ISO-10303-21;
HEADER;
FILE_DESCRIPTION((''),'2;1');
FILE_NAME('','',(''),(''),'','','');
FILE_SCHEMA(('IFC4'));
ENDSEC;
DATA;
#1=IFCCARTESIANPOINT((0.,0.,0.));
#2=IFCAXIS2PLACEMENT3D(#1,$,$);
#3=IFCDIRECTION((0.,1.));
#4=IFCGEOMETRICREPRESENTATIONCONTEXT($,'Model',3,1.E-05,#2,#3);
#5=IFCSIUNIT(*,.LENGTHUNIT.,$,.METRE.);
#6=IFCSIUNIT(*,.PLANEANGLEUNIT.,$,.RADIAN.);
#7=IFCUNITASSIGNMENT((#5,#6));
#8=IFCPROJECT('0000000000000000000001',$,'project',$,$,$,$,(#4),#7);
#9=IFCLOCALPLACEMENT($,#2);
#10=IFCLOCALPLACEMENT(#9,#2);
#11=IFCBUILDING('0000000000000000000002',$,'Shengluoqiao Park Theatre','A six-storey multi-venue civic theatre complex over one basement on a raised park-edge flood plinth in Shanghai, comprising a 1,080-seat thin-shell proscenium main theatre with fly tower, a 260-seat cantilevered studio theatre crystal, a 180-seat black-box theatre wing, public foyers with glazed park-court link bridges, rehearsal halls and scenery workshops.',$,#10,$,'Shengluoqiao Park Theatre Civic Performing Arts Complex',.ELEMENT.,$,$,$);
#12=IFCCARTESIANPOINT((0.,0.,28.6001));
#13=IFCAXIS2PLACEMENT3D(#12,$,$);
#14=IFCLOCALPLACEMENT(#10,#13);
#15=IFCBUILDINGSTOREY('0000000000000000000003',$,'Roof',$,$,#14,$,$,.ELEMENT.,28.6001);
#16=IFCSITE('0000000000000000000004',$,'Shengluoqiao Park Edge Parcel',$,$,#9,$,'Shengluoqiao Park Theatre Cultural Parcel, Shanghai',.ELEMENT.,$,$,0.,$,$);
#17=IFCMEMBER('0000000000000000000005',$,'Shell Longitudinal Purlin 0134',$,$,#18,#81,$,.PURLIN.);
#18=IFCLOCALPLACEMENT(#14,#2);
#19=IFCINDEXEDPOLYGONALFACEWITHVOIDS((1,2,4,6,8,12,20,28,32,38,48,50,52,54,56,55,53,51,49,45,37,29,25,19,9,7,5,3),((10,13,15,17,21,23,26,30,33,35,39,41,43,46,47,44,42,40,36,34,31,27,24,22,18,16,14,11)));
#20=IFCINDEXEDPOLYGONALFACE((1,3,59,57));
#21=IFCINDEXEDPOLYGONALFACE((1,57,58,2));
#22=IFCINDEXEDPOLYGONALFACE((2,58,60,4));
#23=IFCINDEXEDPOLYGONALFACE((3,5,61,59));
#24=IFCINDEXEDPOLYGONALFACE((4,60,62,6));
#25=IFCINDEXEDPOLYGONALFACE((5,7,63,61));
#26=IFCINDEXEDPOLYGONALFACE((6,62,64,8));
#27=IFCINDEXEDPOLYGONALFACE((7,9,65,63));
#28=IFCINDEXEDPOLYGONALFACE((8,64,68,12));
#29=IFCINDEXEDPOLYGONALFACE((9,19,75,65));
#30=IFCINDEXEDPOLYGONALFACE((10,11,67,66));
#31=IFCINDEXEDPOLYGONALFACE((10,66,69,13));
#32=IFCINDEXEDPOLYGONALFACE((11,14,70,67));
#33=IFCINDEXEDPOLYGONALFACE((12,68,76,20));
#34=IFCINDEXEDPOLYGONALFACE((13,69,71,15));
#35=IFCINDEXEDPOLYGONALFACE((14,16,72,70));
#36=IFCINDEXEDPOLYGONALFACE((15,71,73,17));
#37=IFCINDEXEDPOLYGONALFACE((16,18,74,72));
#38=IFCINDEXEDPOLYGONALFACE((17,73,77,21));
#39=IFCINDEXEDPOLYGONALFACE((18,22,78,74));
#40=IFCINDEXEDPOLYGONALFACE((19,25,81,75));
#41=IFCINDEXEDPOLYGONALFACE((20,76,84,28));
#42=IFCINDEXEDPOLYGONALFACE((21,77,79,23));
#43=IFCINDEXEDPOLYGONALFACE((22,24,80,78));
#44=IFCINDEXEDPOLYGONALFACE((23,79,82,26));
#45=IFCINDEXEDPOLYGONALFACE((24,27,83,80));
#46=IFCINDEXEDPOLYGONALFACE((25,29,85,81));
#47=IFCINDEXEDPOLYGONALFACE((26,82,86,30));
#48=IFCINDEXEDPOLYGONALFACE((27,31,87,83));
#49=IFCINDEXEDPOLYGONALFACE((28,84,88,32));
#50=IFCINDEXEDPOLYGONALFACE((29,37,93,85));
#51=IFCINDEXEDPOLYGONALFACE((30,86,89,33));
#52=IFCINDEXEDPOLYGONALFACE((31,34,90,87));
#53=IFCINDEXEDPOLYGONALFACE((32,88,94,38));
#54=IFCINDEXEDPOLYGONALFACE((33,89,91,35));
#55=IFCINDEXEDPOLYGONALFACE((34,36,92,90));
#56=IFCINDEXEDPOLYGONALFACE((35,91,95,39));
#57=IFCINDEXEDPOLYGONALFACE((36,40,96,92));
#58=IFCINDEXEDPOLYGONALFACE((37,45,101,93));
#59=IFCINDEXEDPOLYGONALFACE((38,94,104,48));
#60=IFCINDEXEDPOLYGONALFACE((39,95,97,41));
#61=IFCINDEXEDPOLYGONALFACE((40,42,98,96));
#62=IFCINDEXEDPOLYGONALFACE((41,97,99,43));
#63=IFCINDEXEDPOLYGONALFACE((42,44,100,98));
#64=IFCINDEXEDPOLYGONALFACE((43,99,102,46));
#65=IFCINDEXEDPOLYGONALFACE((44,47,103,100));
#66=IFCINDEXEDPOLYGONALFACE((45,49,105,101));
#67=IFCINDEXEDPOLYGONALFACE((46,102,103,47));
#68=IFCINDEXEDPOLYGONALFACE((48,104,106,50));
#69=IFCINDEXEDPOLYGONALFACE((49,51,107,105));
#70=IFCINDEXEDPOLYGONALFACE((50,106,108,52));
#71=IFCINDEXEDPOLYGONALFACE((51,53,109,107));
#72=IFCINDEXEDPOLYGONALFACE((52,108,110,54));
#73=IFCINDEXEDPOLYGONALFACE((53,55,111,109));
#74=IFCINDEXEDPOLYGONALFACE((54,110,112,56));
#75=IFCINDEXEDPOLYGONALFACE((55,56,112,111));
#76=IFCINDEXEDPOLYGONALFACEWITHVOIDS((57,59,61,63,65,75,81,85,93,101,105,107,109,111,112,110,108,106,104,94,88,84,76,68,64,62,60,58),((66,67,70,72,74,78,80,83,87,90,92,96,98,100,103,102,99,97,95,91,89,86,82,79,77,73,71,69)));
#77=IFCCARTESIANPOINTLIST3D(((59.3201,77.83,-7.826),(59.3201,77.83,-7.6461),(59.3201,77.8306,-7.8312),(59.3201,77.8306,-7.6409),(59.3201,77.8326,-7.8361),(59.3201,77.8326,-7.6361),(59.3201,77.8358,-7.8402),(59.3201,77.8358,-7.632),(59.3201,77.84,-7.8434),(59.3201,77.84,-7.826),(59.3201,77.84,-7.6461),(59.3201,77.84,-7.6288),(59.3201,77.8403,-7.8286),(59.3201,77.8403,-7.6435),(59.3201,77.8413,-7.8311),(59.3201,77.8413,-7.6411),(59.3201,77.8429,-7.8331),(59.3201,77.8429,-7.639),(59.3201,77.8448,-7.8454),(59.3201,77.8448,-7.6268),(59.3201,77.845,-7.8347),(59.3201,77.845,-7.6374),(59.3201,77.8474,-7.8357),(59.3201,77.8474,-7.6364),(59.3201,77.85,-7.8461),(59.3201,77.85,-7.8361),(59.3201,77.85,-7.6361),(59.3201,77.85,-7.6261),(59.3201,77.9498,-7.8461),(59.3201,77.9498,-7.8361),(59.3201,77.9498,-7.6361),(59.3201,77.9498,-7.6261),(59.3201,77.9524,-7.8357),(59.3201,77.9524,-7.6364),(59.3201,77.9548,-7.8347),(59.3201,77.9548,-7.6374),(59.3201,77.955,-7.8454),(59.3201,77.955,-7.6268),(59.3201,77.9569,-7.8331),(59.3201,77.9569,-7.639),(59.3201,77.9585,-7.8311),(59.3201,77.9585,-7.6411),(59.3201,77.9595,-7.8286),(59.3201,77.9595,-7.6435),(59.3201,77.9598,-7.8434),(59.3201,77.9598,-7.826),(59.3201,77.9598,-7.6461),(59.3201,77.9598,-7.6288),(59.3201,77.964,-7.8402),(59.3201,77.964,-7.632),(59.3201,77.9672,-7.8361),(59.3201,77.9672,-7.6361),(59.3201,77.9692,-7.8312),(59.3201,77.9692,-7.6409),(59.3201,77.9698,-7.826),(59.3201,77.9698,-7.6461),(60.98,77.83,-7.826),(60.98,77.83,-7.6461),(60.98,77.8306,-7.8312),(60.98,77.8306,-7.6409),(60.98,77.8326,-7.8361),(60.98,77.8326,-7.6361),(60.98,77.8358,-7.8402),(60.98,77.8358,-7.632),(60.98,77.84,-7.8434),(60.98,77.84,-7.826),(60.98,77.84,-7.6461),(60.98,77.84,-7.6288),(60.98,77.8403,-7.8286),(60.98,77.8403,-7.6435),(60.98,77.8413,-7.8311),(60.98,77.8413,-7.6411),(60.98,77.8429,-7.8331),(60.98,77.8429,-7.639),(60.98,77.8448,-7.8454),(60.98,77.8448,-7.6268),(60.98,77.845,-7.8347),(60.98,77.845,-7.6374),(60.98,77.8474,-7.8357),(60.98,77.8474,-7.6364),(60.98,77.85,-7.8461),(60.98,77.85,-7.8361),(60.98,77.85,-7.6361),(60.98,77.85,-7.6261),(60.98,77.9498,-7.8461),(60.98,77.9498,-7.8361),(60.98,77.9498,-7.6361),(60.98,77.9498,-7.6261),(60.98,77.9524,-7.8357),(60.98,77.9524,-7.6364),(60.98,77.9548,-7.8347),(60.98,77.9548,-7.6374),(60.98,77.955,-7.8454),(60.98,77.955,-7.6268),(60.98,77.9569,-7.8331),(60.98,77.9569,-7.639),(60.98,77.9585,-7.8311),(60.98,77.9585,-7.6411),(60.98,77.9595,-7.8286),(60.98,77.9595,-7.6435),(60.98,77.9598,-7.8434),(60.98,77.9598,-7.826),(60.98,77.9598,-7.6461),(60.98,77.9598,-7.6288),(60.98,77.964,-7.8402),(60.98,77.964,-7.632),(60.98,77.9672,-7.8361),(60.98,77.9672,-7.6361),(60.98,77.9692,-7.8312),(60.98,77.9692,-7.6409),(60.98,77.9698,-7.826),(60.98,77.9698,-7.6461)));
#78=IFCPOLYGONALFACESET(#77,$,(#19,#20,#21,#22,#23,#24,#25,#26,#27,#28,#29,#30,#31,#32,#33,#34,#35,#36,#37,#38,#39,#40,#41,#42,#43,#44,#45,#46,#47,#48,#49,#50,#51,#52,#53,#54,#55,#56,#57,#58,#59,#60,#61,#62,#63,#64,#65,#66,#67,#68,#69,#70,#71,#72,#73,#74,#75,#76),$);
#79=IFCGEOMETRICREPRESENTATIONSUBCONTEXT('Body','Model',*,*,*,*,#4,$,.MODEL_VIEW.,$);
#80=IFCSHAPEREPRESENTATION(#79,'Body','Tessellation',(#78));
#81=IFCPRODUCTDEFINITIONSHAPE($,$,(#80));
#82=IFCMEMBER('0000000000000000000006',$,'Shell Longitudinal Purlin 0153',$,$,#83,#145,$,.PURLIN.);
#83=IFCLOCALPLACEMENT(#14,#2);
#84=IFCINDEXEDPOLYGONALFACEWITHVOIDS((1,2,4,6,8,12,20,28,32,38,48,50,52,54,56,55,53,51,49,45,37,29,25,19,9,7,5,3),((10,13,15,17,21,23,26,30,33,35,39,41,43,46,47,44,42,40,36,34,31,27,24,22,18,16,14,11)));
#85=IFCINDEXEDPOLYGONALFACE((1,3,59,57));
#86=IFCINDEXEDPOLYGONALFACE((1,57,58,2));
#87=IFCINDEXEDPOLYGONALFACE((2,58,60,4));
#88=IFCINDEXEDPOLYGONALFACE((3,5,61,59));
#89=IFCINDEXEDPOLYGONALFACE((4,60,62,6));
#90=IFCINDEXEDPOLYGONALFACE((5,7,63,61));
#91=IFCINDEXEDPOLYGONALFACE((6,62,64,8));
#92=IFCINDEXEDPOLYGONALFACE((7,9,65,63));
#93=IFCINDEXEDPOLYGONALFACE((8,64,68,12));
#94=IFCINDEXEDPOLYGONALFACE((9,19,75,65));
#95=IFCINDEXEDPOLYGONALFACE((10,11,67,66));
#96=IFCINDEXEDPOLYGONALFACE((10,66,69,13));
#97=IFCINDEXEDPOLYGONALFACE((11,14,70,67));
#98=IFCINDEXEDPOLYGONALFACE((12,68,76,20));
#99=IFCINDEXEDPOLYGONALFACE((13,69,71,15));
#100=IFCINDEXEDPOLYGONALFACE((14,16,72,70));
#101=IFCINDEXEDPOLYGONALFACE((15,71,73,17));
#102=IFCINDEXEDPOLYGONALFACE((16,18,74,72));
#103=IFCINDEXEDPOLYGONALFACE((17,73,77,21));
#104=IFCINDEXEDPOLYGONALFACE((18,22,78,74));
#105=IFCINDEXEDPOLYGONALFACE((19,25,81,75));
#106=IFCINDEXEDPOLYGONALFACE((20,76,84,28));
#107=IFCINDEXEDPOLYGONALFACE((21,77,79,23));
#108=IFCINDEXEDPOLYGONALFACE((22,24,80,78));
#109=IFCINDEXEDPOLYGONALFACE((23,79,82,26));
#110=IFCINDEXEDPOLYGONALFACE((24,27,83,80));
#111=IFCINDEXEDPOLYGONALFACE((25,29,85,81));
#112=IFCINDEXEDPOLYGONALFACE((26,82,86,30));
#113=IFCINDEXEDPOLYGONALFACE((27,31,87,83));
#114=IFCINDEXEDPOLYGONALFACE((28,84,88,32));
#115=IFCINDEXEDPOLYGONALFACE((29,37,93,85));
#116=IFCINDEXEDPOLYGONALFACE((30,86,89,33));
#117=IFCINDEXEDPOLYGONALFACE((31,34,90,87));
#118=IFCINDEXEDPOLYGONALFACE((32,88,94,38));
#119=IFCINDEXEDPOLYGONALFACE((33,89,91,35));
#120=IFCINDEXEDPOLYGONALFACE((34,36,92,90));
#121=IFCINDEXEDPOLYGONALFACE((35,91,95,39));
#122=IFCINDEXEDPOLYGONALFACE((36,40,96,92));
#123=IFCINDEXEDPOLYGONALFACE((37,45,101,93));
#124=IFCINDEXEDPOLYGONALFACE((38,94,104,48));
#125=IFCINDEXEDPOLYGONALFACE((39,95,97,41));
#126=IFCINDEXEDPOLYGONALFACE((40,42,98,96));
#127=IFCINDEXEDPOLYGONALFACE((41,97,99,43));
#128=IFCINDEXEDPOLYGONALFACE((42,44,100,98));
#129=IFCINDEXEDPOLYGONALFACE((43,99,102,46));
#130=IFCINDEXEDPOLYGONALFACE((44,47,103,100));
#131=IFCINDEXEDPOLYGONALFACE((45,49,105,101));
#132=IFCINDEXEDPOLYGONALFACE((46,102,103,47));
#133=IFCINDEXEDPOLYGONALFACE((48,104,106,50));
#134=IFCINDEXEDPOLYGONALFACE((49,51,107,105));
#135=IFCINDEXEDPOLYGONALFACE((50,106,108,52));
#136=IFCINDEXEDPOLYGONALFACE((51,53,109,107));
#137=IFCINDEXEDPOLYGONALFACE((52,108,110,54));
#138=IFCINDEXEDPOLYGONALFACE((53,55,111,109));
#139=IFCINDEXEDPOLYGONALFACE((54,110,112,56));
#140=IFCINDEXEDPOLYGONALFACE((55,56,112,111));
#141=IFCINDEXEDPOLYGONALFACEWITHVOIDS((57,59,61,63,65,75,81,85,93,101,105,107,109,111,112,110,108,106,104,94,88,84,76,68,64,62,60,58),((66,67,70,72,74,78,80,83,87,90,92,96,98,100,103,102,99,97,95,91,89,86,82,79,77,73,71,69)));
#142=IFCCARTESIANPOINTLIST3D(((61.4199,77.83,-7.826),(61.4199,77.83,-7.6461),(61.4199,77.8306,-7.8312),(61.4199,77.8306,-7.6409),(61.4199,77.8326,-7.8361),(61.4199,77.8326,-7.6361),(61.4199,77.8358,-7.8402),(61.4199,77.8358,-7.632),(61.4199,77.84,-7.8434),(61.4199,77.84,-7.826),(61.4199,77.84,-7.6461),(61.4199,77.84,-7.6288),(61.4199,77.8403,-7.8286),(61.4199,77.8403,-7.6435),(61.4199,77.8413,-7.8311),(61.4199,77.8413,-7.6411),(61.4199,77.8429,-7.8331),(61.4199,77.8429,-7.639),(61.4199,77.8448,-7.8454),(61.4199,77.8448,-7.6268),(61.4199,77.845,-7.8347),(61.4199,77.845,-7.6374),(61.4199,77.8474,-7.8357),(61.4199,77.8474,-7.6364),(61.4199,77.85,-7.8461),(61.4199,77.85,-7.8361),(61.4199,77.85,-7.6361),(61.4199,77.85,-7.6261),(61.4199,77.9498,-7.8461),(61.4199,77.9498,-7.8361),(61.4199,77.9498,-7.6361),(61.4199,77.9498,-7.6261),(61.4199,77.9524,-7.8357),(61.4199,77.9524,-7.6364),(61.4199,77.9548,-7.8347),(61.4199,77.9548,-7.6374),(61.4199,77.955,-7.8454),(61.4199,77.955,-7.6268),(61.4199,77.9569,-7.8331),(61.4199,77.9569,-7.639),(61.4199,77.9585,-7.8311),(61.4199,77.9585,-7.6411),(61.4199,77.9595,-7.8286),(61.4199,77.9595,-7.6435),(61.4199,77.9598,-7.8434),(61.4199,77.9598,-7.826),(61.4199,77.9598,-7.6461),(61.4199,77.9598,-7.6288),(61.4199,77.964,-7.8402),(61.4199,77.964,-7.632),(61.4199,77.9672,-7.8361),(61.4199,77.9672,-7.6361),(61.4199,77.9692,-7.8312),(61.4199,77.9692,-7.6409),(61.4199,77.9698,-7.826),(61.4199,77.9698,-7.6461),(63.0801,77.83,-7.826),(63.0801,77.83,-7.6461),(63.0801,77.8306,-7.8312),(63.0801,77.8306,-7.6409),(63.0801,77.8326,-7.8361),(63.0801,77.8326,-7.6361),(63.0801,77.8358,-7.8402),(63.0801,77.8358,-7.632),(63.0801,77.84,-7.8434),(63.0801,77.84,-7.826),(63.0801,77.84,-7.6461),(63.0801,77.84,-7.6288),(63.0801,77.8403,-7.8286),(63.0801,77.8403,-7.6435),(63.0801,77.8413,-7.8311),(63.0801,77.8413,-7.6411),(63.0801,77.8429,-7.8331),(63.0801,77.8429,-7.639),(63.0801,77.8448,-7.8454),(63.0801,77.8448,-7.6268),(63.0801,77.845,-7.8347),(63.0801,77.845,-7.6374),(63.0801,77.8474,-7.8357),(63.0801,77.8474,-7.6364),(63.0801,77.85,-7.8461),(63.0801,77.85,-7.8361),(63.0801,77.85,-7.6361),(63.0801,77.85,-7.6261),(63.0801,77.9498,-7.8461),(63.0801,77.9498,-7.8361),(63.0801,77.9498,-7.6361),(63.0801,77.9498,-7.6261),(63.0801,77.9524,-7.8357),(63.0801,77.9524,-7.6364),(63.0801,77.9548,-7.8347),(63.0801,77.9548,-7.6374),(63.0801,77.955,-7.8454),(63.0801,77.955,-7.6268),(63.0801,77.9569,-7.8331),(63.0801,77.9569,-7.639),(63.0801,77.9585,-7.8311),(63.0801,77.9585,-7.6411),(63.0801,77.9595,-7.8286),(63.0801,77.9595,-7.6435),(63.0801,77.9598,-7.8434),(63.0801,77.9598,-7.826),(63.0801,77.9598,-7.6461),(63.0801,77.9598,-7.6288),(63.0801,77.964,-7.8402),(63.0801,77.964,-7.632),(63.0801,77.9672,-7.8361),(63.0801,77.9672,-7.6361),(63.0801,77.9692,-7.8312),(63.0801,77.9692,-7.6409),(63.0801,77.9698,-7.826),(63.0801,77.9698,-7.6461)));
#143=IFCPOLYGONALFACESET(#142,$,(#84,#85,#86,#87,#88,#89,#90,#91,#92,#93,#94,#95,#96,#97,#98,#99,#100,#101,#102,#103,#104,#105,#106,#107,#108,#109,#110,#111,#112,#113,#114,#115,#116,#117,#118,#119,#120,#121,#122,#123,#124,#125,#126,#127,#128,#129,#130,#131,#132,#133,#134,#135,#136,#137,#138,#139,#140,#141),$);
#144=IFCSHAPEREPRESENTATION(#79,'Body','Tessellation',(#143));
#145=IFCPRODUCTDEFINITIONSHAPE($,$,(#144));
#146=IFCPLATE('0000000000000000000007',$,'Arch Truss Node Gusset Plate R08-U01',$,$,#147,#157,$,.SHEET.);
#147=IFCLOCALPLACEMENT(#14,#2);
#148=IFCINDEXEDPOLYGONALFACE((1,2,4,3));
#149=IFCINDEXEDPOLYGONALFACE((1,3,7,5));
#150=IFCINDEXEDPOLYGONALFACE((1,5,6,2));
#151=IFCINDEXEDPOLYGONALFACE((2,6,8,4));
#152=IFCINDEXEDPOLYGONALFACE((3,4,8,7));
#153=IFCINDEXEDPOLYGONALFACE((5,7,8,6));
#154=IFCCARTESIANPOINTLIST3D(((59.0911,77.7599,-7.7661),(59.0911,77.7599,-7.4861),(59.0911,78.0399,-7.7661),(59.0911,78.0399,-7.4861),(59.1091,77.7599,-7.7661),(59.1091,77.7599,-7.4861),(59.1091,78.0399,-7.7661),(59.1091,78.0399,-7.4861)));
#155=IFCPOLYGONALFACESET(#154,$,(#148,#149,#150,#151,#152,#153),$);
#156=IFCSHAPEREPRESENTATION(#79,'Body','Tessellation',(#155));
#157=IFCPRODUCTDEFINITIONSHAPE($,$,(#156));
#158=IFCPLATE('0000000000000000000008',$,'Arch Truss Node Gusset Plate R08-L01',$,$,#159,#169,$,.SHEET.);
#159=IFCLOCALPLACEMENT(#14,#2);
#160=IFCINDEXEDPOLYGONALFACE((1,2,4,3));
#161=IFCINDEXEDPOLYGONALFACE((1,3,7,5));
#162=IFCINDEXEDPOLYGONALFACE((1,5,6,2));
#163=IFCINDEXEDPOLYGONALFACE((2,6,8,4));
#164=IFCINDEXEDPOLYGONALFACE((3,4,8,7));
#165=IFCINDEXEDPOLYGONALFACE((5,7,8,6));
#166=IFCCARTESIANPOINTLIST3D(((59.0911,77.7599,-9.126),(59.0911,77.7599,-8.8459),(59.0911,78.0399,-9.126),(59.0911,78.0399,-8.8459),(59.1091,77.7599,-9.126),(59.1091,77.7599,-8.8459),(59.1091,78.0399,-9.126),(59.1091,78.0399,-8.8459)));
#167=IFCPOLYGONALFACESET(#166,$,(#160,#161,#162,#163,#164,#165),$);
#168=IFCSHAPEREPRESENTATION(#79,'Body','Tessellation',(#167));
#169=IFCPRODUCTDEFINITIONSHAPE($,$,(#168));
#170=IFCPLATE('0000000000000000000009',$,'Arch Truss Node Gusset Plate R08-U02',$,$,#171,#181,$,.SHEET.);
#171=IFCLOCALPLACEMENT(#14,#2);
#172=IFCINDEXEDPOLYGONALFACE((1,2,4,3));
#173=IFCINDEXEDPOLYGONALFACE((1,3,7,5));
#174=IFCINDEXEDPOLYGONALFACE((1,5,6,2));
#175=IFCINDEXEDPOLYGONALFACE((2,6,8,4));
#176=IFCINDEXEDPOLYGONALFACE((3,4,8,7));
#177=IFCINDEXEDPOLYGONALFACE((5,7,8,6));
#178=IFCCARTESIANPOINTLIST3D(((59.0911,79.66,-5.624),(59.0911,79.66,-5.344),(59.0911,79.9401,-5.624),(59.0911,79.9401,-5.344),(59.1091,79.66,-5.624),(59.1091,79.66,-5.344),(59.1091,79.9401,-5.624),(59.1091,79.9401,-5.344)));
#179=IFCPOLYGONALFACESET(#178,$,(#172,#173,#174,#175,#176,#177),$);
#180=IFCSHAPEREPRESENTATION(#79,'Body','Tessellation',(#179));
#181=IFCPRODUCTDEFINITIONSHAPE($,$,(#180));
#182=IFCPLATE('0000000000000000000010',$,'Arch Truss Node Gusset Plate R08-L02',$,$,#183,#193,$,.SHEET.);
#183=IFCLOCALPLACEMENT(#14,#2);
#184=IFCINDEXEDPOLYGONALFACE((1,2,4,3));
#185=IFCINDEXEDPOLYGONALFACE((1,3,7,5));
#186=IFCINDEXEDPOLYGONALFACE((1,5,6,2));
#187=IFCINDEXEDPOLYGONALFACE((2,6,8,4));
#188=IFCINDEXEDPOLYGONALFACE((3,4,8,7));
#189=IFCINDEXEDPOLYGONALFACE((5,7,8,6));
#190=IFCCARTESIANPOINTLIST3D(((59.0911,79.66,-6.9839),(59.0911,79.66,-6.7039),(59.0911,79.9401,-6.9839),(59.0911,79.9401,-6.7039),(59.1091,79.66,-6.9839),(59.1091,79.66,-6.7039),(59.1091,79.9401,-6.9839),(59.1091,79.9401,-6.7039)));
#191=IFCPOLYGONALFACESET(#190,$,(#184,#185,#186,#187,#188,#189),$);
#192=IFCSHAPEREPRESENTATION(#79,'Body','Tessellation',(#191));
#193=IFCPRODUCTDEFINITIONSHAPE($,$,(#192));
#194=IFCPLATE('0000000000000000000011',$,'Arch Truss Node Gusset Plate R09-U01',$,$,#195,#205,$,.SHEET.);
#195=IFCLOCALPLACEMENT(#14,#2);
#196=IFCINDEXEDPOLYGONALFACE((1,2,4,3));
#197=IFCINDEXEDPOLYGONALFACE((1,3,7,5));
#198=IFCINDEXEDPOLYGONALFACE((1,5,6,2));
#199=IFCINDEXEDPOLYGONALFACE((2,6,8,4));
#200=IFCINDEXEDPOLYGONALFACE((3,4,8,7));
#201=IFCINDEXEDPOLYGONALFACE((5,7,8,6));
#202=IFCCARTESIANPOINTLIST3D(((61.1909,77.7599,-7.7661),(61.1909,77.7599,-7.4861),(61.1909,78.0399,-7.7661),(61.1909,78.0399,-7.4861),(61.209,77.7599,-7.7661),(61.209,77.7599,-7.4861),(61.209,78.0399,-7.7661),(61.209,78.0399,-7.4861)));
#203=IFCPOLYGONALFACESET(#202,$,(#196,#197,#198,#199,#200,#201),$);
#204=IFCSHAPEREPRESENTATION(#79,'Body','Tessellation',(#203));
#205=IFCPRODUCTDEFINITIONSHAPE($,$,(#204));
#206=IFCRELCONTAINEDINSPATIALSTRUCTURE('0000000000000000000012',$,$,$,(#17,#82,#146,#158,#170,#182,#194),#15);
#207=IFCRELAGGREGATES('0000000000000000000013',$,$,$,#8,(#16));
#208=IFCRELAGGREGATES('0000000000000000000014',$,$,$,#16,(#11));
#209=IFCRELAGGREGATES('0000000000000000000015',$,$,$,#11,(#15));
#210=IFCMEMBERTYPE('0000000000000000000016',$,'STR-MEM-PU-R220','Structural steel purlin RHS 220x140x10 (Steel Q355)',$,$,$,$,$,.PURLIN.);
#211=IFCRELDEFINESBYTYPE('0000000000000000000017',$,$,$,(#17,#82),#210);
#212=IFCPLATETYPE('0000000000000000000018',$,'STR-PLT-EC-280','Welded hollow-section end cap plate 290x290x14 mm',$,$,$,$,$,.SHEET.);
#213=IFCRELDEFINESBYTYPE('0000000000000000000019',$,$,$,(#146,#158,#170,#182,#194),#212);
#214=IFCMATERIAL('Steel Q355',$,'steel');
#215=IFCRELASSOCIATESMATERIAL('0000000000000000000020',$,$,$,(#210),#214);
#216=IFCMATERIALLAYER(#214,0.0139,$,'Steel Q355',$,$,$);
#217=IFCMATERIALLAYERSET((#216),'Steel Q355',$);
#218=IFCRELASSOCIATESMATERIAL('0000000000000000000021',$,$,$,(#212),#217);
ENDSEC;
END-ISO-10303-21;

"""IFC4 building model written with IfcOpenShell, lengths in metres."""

from ifc_helpers import new_model, si_unit, direction, frame, origin, origin_2d, place, context, subcontext, project, spatial, rectangle, hollow_rectangle, extrude, material, layer, layer_set, material_profile, profile_set, type_object, element, save


model = new_model("IFC4")

# Units and contexts
model_context = context("Model", 3, precision=1e-05, world=origin(), true_north=direction((0.0, 1.0)))
body_context = subcontext(model_context, "Body", "Model", "MODEL_VIEW")
ifc_project = project(units=[si_unit("LENGTHUNIT", "METRE"), si_unit("PLANEANGLEUNIT", "RADIAN")], contexts=[model_context])

# Site, building, storey
site_placement = place(None, origin())
site = spatial("IfcSite", under=ifc_project, at=site_placement, Name="Shengluoqiao Park Edge Parcel", LongName="Shengluoqiao Park Theatre Cultural Parcel, Shanghai", CompositionType="ELEMENT", RefElevation=0.0)
building_placement = place(site_placement, origin())
building = spatial("IfcBuilding", under=site, at=building_placement, Name="Shengluoqiao Park Theatre", Description="A six-storey multi-venue civic theatre complex over one basement on a raised park-edge flood plinth in Shanghai, comprising a 1,080-seat thin-shell proscenium main theatre with fly tower, a 260-seat cantilevered studio theatre crystal, a 180-seat black-box theatre wing, public foyers with glazed park-court link bridges, rehearsal halls and scenery workshops.", LongName="Shengluoqiao Park Theatre Civic Performing Arts Complex", CompositionType="ELEMENT")
storey_placement = place(building_placement, frame((0.0, 0.0, 28.6001)))
storey = spatial("IfcBuildingStorey", under=building, at=storey_placement, Name="Roof", CompositionType="ELEMENT", Elevation=28.6001)

# Shared definitions
ifc_material_1 = material(Name="Steel Q355", Category="steel")

# Members
ifc_material_profile_1 = material_profile(ifc_material_1, hollow_rectangle(XDim=0.1399, YDim=0.22, WallThickness=0.01, InnerFilletRadius=0.01, OuterFilletRadius=0.02, at=origin_2d()), Name="RHS 220x140x10")
ifc_profile_set_1 = profile_set([ifc_material_profile_1], Name="Steel Q355")
member_type_1 = type_object("IfcMemberType", Name="STR-MEM-PU-R220", Description="Structural steel purlin RHS 220x140x10 (Steel Q355)", PredefinedType="PURLIN", material=ifc_profile_set_1)
for number, where, z_axis, x_axis, name in (
    (1, (59.3201, 77.8999, -7.7361), (1.0, 0.0, 0.0), (0.0, 1.0, 0.0), "Shell Longitudinal Purlin 0134"),
):
    element("IfcMember", number, at=place(storey_placement, frame(where, z_axis=z_axis, x_axis=x_axis)), inside=storey, type_object=member_type_1, Name=name, PredefinedType="PURLIN", context=body_context, shape_type="SweptSolid", body=[
        extrude(hollow_rectangle(XDim=0.1399, YDim=0.22, WallThickness=0.01, InnerFilletRadius=0.01, OuterFilletRadius=0.02, at=origin_2d()), origin(), (0.0, 0.0, 1.0), 1.6599),
    ])
member_1_placement = place(storey_placement, frame((61.4199, 77.8999, -7.7361), z_axis=(1.0, 0.0, 0.0), x_axis=(0.0, 1.0, 0.0)))
element("IfcMember", 2, at=member_1_placement, inside=storey, type_object=member_type_1, Name="Shell Longitudinal Purlin 0153", PredefinedType="PURLIN", context=body_context, shape_type="SweptSolid", body=[
    extrude(hollow_rectangle(XDim=0.1399, YDim=0.22, WallThickness=0.01, InnerFilletRadius=0.01, OuterFilletRadius=0.02, at=origin_2d()), origin(), (0.0, 0.0, 1.0), 1.6602),
])

# Plates
ifc_layer_1 = layer(ifc_material_1, 0.0139, Name="Steel Q355")
ifc_layer_set_1 = layer_set([ifc_layer_1], Name="Steel Q355")
plate_type_1 = type_object("IfcPlateType", Name="STR-PLT-EC-280", Description="Welded hollow-section end cap plate 290x290x14 mm", PredefinedType="SHEET", material=ifc_layer_set_1)
for number, where, z_axis, x_axis, name in (
    (3, (59.1001, 77.8999, -7.7661), (0.0, 0.0, 1.0), (1.0, 0.0, 0.0), "Arch Truss Node Gusset Plate R08-U01"),
    (4, (59.1001, 77.8999, -9.126), (0.0, 0.0, 1.0), (1.0, 0.0, 0.0), "Arch Truss Node Gusset Plate R08-L01"),
    (5, (59.1001, 79.8, -5.624), (0.0, 0.0, 1.0), (1.0, 0.0, 0.0), "Arch Truss Node Gusset Plate R08-U02"),
    (6, (59.1001, 79.8, -6.9839), (0.0, 0.0, 1.0), (1.0, 0.0, 0.0), "Arch Truss Node Gusset Plate R08-L02"),
    (7, (61.2, 77.8999, -7.7661), (0.0, 0.0, 1.0), (1.0, 0.0, 0.0), "Arch Truss Node Gusset Plate R09-U01"),
):
    element("IfcPlate", number, at=place(storey_placement, frame(where, z_axis=z_axis, x_axis=x_axis)), inside=storey, type_object=plate_type_1, Name=name, PredefinedType="SHEET", context=body_context, shape_type="SweptSolid", body=[
        extrude(rectangle(XDim=0.0181, YDim=0.28, at=origin_2d()), origin(), (0.0, 0.0, 1.0), 0.28),
    ])

save(model, "model.ifc")
